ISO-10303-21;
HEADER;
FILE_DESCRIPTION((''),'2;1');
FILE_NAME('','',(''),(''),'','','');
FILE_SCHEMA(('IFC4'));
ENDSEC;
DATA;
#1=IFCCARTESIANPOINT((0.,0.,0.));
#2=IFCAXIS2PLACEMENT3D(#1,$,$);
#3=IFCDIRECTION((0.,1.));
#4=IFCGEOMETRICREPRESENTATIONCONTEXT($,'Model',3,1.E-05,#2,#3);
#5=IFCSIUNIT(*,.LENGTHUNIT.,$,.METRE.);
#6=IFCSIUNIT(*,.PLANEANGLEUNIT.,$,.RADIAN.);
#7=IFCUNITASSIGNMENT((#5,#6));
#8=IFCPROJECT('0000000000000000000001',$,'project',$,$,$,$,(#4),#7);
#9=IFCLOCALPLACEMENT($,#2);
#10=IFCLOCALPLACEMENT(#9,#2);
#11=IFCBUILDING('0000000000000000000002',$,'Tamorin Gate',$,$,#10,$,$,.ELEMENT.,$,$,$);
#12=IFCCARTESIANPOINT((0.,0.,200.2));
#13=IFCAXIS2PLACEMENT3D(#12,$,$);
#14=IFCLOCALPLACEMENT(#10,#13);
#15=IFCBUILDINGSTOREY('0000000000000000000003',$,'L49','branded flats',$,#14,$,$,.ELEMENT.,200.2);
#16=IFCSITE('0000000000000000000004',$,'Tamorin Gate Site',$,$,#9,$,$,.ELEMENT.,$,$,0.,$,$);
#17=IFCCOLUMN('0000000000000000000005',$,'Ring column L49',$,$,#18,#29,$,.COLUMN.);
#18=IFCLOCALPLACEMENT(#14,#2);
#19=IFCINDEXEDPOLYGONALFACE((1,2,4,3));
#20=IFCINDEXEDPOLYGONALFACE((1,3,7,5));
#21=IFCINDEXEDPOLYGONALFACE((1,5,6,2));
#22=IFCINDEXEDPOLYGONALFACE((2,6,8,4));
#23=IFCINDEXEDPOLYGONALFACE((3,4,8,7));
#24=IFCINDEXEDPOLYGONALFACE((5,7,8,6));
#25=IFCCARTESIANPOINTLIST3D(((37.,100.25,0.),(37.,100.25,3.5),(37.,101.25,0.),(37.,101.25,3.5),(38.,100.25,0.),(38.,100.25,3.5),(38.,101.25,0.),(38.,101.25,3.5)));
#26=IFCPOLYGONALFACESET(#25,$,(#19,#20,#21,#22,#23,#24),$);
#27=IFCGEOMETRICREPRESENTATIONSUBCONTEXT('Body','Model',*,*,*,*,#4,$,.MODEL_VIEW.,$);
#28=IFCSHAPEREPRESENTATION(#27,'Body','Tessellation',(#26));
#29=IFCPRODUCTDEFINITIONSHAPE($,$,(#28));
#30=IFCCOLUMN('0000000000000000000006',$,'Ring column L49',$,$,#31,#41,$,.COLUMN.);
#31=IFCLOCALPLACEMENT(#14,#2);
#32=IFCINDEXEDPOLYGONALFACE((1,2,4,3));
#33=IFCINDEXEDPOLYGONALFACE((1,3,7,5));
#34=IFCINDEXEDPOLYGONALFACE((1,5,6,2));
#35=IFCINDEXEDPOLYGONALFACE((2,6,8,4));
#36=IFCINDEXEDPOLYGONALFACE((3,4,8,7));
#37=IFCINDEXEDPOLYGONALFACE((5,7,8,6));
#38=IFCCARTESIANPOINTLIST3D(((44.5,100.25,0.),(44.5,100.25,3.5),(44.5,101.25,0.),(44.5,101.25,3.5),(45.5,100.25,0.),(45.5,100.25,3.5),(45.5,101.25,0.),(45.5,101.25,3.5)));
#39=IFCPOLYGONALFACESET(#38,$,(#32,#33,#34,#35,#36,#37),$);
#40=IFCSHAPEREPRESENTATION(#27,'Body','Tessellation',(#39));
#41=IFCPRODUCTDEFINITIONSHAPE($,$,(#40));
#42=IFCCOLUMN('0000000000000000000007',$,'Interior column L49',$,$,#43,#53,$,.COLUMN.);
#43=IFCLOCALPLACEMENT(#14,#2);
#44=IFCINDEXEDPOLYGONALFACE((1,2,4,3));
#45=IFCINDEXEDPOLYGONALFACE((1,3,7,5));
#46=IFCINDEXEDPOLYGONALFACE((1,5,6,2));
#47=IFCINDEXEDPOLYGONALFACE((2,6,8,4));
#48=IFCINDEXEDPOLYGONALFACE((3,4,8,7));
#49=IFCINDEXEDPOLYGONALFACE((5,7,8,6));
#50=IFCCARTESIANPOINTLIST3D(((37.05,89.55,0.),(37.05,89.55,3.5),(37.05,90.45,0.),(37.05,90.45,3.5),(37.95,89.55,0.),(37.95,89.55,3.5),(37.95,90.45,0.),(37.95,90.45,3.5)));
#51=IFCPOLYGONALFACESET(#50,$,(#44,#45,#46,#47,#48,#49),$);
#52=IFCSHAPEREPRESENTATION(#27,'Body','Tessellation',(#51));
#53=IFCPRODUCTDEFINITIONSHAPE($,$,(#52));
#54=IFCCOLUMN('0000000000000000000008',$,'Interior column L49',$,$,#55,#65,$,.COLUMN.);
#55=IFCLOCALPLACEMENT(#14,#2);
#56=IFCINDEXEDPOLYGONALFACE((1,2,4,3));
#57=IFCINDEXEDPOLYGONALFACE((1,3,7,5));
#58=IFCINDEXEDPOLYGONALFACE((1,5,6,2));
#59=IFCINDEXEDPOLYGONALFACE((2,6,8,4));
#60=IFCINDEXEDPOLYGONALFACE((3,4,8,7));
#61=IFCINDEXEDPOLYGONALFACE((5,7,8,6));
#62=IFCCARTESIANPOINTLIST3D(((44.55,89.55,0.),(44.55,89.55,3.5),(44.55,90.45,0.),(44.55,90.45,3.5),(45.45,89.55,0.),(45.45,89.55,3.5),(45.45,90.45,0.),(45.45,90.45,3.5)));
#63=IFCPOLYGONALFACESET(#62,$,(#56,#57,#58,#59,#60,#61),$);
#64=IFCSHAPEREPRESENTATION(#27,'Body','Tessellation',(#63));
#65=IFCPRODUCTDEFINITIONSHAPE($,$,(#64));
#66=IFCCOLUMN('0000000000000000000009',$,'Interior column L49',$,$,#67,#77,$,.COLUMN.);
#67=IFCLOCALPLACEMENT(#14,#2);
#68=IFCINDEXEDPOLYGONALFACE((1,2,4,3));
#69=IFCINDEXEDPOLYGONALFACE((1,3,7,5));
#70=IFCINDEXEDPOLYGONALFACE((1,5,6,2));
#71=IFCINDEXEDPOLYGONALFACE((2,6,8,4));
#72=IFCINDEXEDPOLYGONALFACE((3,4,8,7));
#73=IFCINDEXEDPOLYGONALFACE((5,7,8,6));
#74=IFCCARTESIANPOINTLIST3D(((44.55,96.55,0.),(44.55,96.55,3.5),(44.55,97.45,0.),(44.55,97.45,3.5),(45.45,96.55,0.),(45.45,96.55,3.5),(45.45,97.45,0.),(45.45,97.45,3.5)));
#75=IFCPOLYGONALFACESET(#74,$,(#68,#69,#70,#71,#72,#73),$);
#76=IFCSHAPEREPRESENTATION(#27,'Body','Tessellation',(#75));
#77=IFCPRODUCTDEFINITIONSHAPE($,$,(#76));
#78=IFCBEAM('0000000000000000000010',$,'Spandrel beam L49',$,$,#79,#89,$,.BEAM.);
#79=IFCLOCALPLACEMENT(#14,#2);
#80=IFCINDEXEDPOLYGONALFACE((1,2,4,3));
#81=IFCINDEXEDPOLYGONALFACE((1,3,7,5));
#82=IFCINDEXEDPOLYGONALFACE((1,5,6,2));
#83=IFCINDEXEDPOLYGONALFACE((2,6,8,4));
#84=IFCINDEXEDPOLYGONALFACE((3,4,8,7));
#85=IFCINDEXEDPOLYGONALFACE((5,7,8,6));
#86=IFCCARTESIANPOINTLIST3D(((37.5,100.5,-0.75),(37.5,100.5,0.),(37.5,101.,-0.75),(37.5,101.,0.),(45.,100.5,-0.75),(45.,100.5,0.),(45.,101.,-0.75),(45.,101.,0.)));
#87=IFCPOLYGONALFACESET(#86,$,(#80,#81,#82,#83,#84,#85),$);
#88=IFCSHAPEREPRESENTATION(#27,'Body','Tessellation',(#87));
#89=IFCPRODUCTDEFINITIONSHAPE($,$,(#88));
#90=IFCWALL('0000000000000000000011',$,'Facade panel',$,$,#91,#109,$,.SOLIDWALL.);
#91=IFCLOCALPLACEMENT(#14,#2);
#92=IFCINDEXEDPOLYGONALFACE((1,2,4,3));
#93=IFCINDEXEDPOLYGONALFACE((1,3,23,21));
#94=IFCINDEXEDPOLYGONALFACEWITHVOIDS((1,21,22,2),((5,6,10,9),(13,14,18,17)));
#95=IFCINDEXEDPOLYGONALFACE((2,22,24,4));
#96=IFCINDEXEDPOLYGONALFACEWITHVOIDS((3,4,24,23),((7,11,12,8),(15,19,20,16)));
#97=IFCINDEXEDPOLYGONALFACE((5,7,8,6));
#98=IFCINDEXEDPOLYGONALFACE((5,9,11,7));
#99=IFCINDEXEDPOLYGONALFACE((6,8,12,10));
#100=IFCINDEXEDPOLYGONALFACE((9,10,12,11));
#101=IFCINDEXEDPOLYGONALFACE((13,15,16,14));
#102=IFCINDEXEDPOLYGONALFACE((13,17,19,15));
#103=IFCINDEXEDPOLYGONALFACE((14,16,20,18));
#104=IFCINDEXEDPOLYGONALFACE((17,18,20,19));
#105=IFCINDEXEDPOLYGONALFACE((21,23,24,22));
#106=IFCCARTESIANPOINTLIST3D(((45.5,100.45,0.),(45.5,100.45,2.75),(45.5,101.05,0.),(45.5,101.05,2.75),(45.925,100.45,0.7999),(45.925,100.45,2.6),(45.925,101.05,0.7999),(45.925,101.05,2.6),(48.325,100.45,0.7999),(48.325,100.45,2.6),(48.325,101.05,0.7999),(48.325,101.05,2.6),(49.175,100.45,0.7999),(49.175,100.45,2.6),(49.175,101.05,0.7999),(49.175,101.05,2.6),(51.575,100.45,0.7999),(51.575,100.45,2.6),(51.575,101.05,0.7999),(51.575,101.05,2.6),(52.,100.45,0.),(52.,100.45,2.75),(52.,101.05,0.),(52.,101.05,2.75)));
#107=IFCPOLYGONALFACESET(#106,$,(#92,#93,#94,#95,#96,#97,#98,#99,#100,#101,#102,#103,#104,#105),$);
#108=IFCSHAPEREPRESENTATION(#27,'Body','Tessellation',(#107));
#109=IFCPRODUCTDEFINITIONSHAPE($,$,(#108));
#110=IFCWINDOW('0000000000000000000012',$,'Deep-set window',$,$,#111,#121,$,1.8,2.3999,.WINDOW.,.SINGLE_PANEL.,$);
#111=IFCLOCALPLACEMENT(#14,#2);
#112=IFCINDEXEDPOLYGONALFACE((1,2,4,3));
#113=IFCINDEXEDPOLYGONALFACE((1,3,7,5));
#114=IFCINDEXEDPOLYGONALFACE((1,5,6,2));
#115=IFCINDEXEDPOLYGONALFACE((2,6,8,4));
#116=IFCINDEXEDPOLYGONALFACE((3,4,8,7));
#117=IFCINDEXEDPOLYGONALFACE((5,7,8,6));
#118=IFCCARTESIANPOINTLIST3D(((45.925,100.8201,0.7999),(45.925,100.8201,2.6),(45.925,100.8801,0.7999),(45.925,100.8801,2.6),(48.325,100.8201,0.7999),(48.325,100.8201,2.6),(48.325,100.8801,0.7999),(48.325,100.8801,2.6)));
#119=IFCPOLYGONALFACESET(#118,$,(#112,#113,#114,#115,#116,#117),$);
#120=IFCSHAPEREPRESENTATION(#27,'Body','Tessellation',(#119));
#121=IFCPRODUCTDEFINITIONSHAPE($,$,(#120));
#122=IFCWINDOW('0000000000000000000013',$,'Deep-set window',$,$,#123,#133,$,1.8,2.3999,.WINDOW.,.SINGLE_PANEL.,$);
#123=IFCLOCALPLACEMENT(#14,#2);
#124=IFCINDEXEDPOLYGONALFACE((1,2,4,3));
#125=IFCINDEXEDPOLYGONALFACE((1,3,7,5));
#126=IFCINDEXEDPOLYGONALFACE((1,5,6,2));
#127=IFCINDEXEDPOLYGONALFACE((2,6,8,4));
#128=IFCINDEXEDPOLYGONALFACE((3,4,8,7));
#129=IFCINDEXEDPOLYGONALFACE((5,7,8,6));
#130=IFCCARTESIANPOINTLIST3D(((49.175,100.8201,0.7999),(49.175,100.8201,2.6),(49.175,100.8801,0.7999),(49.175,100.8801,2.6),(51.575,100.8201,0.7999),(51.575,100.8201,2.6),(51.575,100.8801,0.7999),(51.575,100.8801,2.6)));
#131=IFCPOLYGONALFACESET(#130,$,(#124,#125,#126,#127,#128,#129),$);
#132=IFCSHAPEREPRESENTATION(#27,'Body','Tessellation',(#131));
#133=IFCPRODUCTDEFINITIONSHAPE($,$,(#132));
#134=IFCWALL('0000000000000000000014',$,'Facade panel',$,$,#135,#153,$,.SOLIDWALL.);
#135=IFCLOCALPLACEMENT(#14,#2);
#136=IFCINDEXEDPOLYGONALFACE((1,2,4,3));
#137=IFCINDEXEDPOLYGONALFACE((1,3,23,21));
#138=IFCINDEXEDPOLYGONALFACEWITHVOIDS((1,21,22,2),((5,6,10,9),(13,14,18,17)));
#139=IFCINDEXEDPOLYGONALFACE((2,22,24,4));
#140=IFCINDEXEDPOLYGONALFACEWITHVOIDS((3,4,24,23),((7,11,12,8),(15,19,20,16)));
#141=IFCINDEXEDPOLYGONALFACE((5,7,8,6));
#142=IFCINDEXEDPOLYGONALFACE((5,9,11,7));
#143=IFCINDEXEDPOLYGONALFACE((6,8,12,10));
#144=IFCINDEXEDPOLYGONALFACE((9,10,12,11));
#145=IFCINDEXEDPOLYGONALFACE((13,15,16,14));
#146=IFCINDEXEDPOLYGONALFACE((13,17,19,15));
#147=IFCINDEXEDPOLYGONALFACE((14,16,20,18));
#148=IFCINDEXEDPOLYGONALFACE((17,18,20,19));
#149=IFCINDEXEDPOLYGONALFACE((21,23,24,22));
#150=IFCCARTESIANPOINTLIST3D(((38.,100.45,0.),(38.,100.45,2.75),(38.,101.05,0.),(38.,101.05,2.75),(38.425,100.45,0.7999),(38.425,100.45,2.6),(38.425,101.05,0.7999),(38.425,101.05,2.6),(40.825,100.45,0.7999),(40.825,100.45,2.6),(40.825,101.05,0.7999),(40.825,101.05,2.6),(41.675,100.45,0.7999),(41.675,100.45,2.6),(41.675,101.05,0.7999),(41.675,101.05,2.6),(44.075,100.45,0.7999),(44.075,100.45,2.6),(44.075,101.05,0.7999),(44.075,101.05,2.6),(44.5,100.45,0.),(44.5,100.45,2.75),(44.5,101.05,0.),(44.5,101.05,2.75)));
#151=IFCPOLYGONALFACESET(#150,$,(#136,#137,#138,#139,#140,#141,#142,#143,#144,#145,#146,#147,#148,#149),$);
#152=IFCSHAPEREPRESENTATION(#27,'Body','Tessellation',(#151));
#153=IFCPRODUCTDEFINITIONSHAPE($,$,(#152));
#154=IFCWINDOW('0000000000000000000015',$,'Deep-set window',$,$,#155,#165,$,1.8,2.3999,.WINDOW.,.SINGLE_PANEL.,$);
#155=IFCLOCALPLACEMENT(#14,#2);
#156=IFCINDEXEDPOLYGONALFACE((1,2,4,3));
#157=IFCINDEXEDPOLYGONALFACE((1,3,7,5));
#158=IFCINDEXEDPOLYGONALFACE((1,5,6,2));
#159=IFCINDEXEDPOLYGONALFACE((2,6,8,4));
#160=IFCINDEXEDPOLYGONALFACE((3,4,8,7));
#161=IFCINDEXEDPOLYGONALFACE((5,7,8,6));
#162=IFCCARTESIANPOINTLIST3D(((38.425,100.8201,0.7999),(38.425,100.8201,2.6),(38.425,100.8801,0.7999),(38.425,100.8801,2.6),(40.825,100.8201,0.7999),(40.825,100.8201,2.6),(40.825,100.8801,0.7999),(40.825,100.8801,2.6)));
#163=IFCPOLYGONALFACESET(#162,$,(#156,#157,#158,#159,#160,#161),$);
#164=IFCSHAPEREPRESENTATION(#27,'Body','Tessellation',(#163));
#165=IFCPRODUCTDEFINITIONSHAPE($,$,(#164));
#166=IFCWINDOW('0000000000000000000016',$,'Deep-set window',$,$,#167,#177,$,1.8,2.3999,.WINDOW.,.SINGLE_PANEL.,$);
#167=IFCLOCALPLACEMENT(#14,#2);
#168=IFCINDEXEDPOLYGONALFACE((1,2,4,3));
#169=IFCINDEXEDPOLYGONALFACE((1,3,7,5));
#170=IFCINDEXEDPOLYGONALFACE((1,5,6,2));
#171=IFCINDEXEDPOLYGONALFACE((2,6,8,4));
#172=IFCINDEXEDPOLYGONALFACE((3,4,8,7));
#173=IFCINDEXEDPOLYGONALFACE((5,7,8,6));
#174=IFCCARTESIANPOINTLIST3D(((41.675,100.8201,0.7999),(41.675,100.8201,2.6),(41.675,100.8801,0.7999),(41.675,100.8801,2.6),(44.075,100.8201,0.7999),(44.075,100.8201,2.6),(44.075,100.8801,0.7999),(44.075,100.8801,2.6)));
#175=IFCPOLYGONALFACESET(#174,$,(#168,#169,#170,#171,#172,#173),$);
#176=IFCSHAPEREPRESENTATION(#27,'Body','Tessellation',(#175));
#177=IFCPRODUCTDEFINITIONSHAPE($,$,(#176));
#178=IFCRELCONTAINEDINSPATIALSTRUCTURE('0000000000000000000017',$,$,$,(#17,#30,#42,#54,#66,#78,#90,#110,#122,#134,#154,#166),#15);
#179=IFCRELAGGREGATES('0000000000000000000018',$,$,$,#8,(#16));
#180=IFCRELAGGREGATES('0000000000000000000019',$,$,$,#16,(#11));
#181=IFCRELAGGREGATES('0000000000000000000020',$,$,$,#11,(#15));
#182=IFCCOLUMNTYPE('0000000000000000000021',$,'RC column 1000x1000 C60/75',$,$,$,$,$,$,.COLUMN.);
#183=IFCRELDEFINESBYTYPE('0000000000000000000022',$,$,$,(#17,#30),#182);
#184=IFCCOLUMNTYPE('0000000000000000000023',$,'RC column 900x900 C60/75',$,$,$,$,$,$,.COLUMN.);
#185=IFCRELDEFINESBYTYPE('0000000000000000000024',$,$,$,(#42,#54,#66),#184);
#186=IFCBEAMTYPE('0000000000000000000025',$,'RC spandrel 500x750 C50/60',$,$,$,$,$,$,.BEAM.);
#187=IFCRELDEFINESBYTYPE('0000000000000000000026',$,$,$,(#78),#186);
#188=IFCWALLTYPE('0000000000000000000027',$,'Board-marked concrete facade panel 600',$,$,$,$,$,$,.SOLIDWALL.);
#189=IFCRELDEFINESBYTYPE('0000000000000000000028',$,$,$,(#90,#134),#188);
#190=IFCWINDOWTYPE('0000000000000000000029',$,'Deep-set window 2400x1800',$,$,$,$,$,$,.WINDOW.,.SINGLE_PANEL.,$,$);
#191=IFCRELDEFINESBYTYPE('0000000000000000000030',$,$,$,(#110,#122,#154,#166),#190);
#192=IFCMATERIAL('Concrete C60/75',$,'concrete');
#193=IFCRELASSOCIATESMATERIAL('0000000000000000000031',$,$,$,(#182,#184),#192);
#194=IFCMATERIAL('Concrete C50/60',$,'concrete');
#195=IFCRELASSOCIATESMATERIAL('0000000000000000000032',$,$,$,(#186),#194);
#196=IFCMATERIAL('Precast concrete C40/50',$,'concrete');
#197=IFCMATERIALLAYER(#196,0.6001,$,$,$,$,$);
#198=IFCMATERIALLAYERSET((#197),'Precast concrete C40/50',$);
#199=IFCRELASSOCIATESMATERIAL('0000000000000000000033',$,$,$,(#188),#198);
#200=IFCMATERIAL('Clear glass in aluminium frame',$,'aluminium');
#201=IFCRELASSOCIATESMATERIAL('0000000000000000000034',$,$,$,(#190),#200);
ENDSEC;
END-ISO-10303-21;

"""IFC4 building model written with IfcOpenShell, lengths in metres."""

from ifc_helpers import new_model, si_unit, direction, frame, frame_2d, origin, origin_2d, place, context, subcontext, project, spatial, rectangle, extrude, material, layer, layer_set, material_profile, profile_set, type_object, element, fill, save


model = new_model("IFC4")

# Units and contexts
model_context = context("Model", 3, precision=1e-05, world=origin(), true_north=direction((0.0, 1.0)))
body_context = subcontext(model_context, "Body", "Model", "MODEL_VIEW")
ifc_project = project(units=[si_unit("LENGTHUNIT", "METRE"), si_unit("PLANEANGLEUNIT", "RADIAN")], contexts=[model_context])

# Site, building, storey
site_placement = place(None, origin())
site = spatial("IfcSite", under=ifc_project, at=site_placement, Name="Tamorin Gate Site", CompositionType="ELEMENT", RefElevation=0.0)
building_placement = place(site_placement, origin())
building = spatial("IfcBuilding", under=site, at=building_placement, Name="Tamorin Gate", CompositionType="ELEMENT")
storey_placement = place(building_placement, frame((0.0, 0.0, 200.2)))
storey = spatial("IfcBuildingStorey", under=building, at=storey_placement, Name="L49", Description="branded flats", CompositionType="ELEMENT", Elevation=200.2)

# Columns
ifc_material_1 = material(Name="Concrete C60/75", Category="concrete")
ifc_material_profile_1 = material_profile(ifc_material_1, rectangle(XDim=1.0, YDim=1.0, at=origin_2d()), Name="RC 1000x1000")
ifc_profile_set_1 = profile_set([ifc_material_profile_1], Name="Concrete C60/75")
column_type_1 = type_object("IfcColumnType", Name="RC column 1000x1000 C60/75", PredefinedType="COLUMN", material=ifc_profile_set_1)
for number, where, z_axis, x_axis, name in (
    (1, (37.5, 100.75, 0.0), (0.0, 0.0, 1.0), (1.0, 0.0, 0.0), "Ring column L49"),
    (2, (45.0, 100.75, 0.0), (0.0, 0.0, 1.0), (1.0, 0.0, 0.0), "Ring column L49"),
):
    element("IfcColumn", number, at=place(storey_placement, frame(where, z_axis=z_axis, x_axis=x_axis)), inside=storey, type_object=column_type_1, Name=name, PredefinedType="COLUMN", context=body_context, shape_type="SweptSolid", body=[
        extrude(rectangle(XDim=1.0, YDim=1.0, at=origin_2d()), origin(), (0.0, 0.0, 1.0), 3.5),
    ])
ifc_material_profile_2 = material_profile(ifc_material_1, rectangle(XDim=0.8999, YDim=0.8999, at=origin_2d()), Name="RC 900x900")
ifc_profile_set_2 = profile_set([ifc_material_profile_2], Name="Concrete C60/75")
column_type_2 = type_object("IfcColumnType", Name="RC column 900x900 C60/75", PredefinedType="COLUMN", material=ifc_profile_set_2)
for number, where, z_axis, x_axis, name in (
    (3, (37.5, 90.0, 0.0), (0.0, 0.0, 1.0), (1.0, 0.0, 0.0), "Interior column L49"),
    (4, (45.0, 90.0, 0.0), (0.0, 0.0, 1.0), (1.0, 0.0, 0.0), "Interior column L49"),
    (5, (45.0, 97.0, 0.0), (0.0, 0.0, 1.0), (1.0, 0.0, 0.0), "Interior column L49"),
):
    element("IfcColumn", number, at=place(storey_placement, frame(where, z_axis=z_axis, x_axis=x_axis)), inside=storey, type_object=column_type_2, Name=name, PredefinedType="COLUMN", context=body_context, shape_type="SweptSolid", body=[
        extrude(rectangle(XDim=0.8999, YDim=0.8999, at=origin_2d()), origin(), (0.0, 0.0, 1.0), 3.5),
    ])

# Beam
ifc_material_2 = material(Name="Concrete C50/60", Category="concrete")
ifc_material_profile_3 = material_profile(ifc_material_2, rectangle(XDim=0.5, YDim=0.75, at=origin_2d()), Name="RC 500x750")
ifc_profile_set_3 = profile_set([ifc_material_profile_3], Name="Concrete C50/60")
beam_type = type_object("IfcBeamType", Name="RC spandrel 500x750 C50/60", PredefinedType="BEAM", material=ifc_profile_set_3)
beam_placement = place(storey_placement, frame((45.0, 100.75, -0.375), z_axis=(-1.0, 0.0, 0.0), x_axis=(0.0, -1.0, 0.0)))
element("IfcBeam", 6, at=beam_placement, inside=storey, type_object=beam_type, Name="Spandrel beam L49", PredefinedType="BEAM", context=body_context, shape_type="SweptSolid", body=[
    extrude(rectangle(XDim=0.5, YDim=0.75, at=origin_2d()), origin(), (0.0, 0.0, 1.0), 7.5),
])

# Walls, openings, windows
ifc_material_3 = material(Name="Precast concrete C40/50", Category="concrete")
ifc_layer_1 = layer(ifc_material_3, 0.6001)
ifc_layer_set_1 = layer_set([ifc_layer_1], Name="Precast concrete C40/50")
wall_type_1 = type_object("IfcWallType", Name="Board-marked concrete facade panel 600", PredefinedType="SOLIDWALL", material=ifc_layer_set_1)
wall_1_placement = place(storey_placement, frame((52.0, 100.75, 0.0), z_axis=(0.0, 0.0, 1.0), x_axis=(-1.0, 0.0, 0.0)))
wall_1 = element("IfcWall", 7, at=wall_1_placement, inside=storey, type_object=wall_type_1, Name="Facade panel", PredefinedType="SOLIDWALL", context=body_context, shape_type="SweptSolid", body=[
    extrude(rectangle(XDim=6.5, YDim=0.6001, at=frame_2d((3.25, 0.0))), origin(), (0.0, 0.0, 1.0), 2.75),
])
opening_1_placement = place(wall_1_placement, frame((3.675, 0.0, 0.8)))
opening_1 = element("IfcOpeningElement", 8, at=opening_1_placement, cuts=wall_1, PredefinedType="OPENING", context=body_context, shape_type="SweptSolid", body=[
    extrude(rectangle(XDim=2.3999, YDim=1.8, at=frame_2d((1.2, 0.8999))), frame((0.0, 0.3101, 0.0), z_axis=(0.0, -1.0, 0.0), x_axis=(1.0, 0.0, 0.0)), (0.0, 0.0, 1.0), 0.6201),
])
opening_2_placement = place(wall_1_placement, frame((0.425, 0.0, 0.8)))
opening_2 = element("IfcOpeningElement", 9, at=opening_2_placement, cuts=wall_1, PredefinedType="OPENING", context=body_context, shape_type="SweptSolid", body=[
    extrude(rectangle(XDim=2.3999, YDim=1.8, at=frame_2d((1.2, 0.8999))), frame((0.0, 0.3101, 0.0), z_axis=(0.0, -1.0, 0.0), x_axis=(1.0, 0.0, 0.0)), (0.0, 0.0, 1.0), 0.6201),
])
ifc_material_4 = material(Name="Clear glass in aluminium frame", Category="aluminium")
window_type = type_object("IfcWindowType", Name="Deep-set window 2400x1800", PartitioningType="SINGLE_PANEL", PredefinedType="WINDOW", material=ifc_material_4)
window_1_placement = place(opening_1_placement, origin())
window_1 = element("IfcWindow", 10, at=window_1_placement, inside=storey, type_object=window_type, Name="Deep-set window", OverallHeight=1.8, OverallWidth=2.3999, PartitioningType="SINGLE_PANEL", PredefinedType="WINDOW", context=body_context, shape_type="SweptSolid", body=[
    extrude(rectangle(XDim=2.3999, YDim=1.8, at=frame_2d((1.2, 0.8999))), frame((0.0, -0.0701, 0.0), z_axis=(0.0, -1.0, 0.0), x_axis=(1.0, 0.0, 0.0)), (0.0, 0.0, 1.0), 0.0601),
])
fill(opening_1, window_1)
window_2_placement = place(opening_2_placement, origin())
window_2 = element("IfcWindow", 11, at=window_2_placement, inside=storey, type_object=window_type, Name="Deep-set window", OverallHeight=1.8, OverallWidth=2.3999, PartitioningType="SINGLE_PANEL", PredefinedType="WINDOW", context=body_context, shape_type="SweptSolid", body=[
    extrude(rectangle(XDim=2.3999, YDim=1.8, at=frame_2d((1.2, 0.8999))), frame((0.0, -0.0701, 0.0), z_axis=(0.0, -1.0, 0.0), x_axis=(1.0, 0.0, 0.0)), (0.0, 0.0, 1.0), 0.0601),
])
fill(opening_2, window_2)
wall_2_placement = place(storey_placement, frame((44.5, 100.75, 0.0), z_axis=(0.0, 0.0, 1.0), x_axis=(-1.0, 0.0, 0.0)))
wall_2 = element("IfcWall", 12, at=wall_2_placement, inside=storey, type_object=wall_type_1, Name="Facade panel", PredefinedType="SOLIDWALL", context=body_context, shape_type="SweptSolid", body=[
    extrude(rectangle(XDim=6.5, YDim=0.6001, at=frame_2d((3.25, 0.0))), origin(), (0.0, 0.0, 1.0), 2.75),
])
opening_3_placement = place(wall_2_placement, frame((3.675, 0.0, 0.8)))
opening_3 = element("IfcOpeningElement", 13, at=opening_3_placement, cuts=wall_2, PredefinedType="OPENING", context=body_context, shape_type="SweptSolid", body=[
    extrude(rectangle(XDim=2.3999, YDim=1.8, at=frame_2d((1.2, 0.8999))), frame((0.0, 0.3101, 0.0), z_axis=(0.0, -1.0, 0.0), x_axis=(1.0, 0.0, 0.0)), (0.0, 0.0, 1.0), 0.6201),
])
opening_4_placement = place(wall_2_placement, frame((0.425, 0.0, 0.8)))
opening_4 = element("IfcOpeningElement", 14, at=opening_4_placement, cuts=wall_2, PredefinedType="OPENING", context=body_context, shape_type="SweptSolid", body=[
    extrude(rectangle(XDim=2.3999, YDim=1.8, at=frame_2d((1.2, 0.8999))), frame((0.0, 0.3101, 0.0), z_axis=(0.0, -1.0, 0.0), x_axis=(1.0, 0.0, 0.0)), (0.0, 0.0, 1.0), 0.6201),
])
window_3_placement = place(opening_3_placement, origin())
window_3 = element("IfcWindow", 15, at=window_3_placement, inside=storey, type_object=window_type, Name="Deep-set window", OverallHeight=1.8, OverallWidth=2.3999, PartitioningType="SINGLE_PANEL", PredefinedType="WINDOW", context=body_context, shape_type="SweptSolid", body=[
    extrude(rectangle(XDim=2.3999, YDim=1.8, at=frame_2d((1.2, 0.8999))), frame((0.0, -0.0701, 0.0), z_axis=(0.0, -1.0, 0.0), x_axis=(1.0, 0.0, 0.0)), (0.0, 0.0, 1.0), 0.0601),
])
fill(opening_3, window_3)
window_4_placement = place(opening_4_placement, origin())
window_4 = element("IfcWindow", 16, at=window_4_placement, inside=storey, type_object=window_type, Name="Deep-set window", OverallHeight=1.8, OverallWidth=2.3999, PartitioningType="SINGLE_PANEL", PredefinedType="WINDOW", context=body_context, shape_type="SweptSolid", body=[
    extrude(rectangle(XDim=2.3999, YDim=1.8, at=frame_2d((1.2, 0.8999))), frame((0.0, -0.0701, 0.0), z_axis=(0.0, -1.0, 0.0), x_axis=(1.0, 0.0, 0.0)), (0.0, 0.0, 1.0), 0.0601),
])
fill(opening_4, window_4)

save(model, "model.ifc")
